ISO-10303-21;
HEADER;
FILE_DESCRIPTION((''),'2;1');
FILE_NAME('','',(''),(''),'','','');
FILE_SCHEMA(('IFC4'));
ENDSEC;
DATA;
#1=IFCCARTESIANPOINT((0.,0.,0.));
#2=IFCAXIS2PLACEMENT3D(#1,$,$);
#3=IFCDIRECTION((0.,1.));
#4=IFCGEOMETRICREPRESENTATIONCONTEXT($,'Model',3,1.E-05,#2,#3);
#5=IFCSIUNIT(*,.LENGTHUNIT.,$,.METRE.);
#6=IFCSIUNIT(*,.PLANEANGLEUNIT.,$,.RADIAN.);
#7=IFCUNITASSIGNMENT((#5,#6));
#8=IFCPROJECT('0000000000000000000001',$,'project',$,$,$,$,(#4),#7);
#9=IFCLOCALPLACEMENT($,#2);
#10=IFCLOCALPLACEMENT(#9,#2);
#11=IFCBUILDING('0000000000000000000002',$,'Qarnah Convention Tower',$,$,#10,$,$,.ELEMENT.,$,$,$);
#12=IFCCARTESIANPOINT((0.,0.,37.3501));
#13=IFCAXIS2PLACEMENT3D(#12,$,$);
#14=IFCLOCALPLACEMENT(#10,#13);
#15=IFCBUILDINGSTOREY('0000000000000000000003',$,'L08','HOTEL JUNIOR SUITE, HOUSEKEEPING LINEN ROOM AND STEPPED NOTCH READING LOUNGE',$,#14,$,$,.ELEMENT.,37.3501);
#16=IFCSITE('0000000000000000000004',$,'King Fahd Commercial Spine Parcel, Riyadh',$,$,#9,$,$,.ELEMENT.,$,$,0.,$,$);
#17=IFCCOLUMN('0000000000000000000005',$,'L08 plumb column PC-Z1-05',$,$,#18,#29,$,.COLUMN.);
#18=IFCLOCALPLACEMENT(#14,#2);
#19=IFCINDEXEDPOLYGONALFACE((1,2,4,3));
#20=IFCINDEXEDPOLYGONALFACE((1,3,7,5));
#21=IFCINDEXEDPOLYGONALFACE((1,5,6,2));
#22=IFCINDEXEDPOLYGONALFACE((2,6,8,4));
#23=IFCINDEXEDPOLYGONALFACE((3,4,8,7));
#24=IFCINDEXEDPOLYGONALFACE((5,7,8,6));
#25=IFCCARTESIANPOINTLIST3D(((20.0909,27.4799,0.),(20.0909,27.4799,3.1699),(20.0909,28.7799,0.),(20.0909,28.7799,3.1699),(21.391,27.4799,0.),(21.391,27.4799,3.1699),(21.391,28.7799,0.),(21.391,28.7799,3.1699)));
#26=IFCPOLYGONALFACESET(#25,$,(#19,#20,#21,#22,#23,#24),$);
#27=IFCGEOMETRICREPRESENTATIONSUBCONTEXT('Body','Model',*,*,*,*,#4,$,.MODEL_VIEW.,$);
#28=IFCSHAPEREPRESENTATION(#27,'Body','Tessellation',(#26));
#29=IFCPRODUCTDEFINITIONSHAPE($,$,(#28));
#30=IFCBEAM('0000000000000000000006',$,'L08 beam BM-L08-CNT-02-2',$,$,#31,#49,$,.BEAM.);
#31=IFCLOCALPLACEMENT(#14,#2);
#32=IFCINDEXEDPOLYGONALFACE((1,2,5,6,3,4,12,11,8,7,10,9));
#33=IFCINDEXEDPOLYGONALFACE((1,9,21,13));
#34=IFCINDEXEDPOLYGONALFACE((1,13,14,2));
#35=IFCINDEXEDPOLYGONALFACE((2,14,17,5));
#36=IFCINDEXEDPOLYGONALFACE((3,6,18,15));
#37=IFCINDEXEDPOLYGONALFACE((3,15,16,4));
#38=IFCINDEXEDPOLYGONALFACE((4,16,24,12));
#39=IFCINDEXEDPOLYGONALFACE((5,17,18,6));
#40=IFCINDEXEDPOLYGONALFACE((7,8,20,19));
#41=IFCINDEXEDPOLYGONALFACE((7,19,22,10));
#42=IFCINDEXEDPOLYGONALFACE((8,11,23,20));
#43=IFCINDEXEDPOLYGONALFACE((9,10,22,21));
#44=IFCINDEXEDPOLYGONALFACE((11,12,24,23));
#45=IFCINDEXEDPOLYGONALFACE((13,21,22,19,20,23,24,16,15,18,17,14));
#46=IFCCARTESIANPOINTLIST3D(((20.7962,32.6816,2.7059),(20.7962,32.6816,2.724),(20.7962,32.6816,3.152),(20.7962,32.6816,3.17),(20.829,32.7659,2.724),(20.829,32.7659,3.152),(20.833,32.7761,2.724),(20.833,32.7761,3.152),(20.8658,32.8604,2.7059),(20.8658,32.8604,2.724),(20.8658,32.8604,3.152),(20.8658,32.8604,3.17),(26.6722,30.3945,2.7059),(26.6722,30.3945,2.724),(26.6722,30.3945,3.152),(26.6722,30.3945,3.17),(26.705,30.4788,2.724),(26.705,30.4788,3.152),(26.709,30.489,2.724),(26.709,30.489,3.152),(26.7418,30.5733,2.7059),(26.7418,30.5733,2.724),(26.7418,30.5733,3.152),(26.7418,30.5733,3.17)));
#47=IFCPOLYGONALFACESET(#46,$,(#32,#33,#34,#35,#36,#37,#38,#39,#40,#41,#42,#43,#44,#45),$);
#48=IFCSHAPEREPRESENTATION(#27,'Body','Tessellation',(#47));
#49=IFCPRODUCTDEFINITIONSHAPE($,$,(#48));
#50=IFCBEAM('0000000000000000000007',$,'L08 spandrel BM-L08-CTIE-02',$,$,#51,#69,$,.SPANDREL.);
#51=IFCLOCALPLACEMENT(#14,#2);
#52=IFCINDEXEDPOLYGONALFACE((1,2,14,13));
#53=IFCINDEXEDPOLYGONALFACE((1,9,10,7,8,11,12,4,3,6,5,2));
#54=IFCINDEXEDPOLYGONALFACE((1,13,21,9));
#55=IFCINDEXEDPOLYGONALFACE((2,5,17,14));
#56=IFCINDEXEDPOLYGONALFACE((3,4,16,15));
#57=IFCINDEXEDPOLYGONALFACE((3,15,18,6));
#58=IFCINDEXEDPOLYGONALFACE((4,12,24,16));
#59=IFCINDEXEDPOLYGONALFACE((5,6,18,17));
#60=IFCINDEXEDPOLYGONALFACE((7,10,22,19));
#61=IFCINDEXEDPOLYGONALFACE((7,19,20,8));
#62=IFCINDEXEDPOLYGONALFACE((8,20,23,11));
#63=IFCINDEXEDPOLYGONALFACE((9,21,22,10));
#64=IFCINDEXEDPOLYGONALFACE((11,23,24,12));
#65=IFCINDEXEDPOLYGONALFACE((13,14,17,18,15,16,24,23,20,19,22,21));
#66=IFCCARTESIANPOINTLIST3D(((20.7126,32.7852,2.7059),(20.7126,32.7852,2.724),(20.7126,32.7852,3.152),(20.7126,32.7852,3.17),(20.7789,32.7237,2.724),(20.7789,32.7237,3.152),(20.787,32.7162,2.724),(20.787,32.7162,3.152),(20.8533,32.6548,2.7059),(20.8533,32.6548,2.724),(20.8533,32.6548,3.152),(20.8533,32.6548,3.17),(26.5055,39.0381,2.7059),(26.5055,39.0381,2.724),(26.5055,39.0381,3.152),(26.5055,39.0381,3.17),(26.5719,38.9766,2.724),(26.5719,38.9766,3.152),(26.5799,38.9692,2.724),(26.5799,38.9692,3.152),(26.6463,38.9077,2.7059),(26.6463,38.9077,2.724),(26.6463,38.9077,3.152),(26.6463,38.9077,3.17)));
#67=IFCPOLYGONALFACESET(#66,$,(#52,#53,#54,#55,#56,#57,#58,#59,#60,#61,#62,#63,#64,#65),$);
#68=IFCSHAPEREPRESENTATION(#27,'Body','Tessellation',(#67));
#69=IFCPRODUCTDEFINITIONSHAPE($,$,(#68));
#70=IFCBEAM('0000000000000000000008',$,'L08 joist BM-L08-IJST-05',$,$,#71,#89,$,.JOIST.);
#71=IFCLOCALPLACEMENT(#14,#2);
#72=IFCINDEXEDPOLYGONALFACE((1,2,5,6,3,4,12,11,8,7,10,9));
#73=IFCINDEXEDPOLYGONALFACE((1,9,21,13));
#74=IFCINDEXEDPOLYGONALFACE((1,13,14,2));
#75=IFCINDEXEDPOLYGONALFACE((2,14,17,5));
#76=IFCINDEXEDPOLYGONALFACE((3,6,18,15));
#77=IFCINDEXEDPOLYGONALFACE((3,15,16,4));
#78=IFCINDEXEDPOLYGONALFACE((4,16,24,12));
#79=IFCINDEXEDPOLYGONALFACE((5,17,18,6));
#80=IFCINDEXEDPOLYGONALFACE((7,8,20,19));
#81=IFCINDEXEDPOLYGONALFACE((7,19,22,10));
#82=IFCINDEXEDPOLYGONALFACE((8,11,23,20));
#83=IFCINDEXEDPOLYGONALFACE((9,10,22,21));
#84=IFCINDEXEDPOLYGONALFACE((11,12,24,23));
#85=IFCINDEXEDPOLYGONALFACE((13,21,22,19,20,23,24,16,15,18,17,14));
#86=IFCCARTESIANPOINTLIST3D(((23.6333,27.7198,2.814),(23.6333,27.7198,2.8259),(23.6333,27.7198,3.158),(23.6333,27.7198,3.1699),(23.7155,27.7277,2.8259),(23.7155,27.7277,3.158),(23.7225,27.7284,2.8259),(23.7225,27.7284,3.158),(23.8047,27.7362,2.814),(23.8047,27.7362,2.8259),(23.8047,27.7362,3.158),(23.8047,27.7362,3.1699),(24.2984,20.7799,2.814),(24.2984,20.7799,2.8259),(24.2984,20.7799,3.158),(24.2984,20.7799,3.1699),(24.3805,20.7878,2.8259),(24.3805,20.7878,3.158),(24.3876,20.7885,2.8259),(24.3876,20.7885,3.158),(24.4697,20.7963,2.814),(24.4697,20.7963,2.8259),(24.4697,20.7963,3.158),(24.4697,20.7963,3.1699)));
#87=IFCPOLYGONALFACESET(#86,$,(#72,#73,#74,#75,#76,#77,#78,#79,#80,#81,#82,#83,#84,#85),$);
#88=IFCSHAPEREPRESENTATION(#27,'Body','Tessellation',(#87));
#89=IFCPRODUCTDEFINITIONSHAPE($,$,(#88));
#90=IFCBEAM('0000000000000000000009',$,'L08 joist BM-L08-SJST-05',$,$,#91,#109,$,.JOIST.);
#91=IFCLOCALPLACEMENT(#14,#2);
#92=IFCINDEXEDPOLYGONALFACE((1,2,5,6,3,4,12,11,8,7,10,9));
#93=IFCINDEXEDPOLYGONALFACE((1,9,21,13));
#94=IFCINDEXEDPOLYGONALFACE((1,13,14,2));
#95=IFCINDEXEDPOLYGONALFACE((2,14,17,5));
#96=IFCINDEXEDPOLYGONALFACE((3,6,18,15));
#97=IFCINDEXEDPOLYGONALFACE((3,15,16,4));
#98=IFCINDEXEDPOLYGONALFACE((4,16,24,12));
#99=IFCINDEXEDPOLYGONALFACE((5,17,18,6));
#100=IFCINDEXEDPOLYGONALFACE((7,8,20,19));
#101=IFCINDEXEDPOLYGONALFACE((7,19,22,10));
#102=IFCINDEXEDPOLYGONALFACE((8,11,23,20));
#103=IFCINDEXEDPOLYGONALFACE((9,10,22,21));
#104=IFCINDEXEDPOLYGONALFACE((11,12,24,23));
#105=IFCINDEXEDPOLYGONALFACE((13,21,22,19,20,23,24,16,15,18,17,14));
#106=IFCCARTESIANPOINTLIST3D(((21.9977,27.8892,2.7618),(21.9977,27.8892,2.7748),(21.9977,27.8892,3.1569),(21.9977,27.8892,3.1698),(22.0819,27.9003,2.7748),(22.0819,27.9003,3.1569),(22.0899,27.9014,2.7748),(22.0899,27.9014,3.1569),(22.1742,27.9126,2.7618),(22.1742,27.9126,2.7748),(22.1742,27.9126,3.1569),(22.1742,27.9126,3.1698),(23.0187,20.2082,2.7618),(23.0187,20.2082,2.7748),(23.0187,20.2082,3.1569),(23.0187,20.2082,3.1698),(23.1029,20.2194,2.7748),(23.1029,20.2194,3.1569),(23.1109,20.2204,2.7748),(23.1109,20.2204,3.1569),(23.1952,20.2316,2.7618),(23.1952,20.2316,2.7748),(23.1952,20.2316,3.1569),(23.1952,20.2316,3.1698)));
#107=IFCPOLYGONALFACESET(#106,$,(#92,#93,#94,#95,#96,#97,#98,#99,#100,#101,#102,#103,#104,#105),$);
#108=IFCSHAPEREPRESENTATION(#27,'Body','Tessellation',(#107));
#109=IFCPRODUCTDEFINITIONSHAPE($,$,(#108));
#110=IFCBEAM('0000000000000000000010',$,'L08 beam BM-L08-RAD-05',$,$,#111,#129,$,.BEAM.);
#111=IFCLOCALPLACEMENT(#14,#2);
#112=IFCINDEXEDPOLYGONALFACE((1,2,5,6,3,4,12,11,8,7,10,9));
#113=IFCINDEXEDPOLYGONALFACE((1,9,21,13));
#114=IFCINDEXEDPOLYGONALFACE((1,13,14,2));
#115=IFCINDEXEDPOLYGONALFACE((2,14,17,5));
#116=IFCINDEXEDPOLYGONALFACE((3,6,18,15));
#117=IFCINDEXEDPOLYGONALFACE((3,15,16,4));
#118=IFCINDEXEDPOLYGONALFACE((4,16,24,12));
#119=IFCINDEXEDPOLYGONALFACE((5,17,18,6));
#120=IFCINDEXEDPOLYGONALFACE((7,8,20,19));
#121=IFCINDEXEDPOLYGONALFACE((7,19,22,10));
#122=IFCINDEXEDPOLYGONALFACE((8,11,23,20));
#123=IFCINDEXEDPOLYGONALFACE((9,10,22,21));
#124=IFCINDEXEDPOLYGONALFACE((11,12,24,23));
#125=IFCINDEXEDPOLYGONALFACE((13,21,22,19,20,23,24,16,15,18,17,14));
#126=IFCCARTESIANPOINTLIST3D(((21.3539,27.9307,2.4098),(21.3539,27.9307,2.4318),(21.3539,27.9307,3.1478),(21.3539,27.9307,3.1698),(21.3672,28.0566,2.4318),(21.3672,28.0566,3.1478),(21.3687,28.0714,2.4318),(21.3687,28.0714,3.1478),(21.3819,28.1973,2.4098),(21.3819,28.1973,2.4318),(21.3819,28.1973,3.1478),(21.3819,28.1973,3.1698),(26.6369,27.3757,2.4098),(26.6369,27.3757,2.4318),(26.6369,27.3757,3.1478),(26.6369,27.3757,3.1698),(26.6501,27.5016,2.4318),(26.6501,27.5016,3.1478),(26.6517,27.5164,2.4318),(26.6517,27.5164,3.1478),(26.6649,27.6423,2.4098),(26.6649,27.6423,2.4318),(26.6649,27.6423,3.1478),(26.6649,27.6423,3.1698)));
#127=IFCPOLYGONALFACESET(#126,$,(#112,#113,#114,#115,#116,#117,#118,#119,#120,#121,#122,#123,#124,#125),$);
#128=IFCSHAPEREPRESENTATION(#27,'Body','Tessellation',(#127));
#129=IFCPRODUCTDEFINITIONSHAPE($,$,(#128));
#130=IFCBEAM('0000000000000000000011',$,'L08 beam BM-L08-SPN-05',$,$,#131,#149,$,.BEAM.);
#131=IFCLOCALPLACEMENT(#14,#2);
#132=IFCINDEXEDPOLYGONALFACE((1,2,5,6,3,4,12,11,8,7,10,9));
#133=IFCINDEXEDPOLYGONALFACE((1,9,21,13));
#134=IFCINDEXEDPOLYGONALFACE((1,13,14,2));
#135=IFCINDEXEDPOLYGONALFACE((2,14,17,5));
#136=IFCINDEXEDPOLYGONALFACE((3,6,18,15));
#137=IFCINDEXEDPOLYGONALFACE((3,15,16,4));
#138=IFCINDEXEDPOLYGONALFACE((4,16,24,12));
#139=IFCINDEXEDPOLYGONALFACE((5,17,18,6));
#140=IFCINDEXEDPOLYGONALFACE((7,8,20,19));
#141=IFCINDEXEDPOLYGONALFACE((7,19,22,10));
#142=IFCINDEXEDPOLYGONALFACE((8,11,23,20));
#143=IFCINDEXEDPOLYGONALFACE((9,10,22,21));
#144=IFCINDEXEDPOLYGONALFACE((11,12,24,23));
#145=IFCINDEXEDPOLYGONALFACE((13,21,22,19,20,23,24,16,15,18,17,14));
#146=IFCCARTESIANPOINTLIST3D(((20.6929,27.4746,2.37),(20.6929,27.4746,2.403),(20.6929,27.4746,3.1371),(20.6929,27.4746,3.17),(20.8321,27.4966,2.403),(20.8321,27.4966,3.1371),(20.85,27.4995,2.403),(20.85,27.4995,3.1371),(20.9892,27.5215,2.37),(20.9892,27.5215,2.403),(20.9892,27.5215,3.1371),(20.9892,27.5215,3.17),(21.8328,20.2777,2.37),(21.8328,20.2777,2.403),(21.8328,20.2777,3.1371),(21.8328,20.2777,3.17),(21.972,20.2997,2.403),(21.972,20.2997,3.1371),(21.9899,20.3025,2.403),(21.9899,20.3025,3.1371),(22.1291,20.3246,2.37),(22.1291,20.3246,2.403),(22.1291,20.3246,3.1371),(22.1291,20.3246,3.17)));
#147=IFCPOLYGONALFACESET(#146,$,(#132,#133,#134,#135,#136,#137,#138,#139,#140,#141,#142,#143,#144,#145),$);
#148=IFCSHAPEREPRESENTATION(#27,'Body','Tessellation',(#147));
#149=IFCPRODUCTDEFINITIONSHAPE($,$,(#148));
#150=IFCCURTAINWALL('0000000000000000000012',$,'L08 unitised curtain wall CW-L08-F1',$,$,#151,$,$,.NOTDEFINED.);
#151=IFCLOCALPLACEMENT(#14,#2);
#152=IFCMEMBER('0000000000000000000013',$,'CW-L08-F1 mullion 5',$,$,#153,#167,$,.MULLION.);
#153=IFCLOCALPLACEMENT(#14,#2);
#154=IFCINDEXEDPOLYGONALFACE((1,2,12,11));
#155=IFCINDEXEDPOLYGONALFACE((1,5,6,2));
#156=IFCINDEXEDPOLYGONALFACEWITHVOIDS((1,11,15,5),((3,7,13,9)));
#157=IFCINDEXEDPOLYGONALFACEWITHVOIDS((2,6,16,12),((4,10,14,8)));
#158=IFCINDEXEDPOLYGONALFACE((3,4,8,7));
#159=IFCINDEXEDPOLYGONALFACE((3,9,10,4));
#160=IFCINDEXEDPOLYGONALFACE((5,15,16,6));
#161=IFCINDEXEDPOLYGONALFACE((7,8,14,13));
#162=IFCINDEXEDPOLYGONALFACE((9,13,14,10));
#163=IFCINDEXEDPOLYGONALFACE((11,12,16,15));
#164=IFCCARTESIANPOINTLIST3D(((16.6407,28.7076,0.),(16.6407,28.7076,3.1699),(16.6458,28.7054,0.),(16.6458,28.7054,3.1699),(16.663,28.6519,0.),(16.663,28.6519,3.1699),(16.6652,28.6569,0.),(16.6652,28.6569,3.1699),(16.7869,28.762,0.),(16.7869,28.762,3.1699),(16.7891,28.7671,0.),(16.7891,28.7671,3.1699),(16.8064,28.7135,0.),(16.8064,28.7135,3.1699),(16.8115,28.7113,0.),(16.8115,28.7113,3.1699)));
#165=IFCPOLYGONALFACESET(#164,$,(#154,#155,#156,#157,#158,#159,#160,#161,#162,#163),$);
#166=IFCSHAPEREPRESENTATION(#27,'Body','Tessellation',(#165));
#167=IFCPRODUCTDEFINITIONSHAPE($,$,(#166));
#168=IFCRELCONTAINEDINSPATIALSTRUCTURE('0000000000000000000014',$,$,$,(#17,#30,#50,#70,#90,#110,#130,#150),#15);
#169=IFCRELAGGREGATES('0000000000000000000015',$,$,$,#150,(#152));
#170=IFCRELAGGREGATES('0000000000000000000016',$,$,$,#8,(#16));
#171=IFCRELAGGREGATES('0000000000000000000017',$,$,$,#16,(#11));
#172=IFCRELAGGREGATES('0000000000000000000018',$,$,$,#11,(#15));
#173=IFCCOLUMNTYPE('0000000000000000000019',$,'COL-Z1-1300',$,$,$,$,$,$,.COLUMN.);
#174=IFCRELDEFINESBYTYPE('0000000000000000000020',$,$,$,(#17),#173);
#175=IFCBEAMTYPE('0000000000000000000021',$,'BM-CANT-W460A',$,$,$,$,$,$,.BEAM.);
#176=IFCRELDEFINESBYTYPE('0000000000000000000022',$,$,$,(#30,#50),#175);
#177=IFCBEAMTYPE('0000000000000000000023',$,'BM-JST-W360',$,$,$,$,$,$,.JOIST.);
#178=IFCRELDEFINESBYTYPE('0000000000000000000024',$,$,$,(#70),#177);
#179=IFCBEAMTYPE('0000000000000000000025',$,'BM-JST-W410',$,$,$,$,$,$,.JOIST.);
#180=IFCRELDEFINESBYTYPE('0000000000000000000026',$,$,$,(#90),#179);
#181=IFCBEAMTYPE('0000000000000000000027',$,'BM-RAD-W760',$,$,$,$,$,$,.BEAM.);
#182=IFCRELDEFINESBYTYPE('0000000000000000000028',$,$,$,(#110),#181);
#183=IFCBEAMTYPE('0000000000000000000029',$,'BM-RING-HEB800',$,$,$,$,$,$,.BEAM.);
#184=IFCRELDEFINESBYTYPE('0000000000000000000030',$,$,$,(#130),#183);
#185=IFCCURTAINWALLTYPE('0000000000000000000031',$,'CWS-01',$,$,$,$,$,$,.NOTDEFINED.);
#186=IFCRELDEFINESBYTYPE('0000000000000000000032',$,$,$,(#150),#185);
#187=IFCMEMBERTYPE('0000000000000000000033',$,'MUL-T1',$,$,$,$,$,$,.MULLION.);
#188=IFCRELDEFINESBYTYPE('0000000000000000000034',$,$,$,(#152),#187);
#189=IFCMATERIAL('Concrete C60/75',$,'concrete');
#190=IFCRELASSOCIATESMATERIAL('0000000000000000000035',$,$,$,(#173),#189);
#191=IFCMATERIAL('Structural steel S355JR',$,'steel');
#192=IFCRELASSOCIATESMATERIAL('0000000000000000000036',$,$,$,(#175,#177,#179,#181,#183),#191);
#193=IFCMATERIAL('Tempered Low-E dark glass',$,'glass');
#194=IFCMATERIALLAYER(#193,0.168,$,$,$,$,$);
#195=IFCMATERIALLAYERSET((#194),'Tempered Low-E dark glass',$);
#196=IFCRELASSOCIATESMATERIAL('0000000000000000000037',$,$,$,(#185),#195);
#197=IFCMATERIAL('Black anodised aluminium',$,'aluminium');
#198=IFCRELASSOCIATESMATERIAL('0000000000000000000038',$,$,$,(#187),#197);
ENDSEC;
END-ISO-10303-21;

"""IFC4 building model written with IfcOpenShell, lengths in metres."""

from ifc_helpers import new_model, si_unit, direction, frame, origin, origin_2d, place, context, subcontext, project, spatial, rectangle, hollow_rectangle, i_section, extrude, material, layer, layer_set, material_profile, profile_set, type_object, element, aggregate, save


model = new_model("IFC4")

# Units and contexts
model_context = context("Model", 3, precision=1e-05, world=origin(), true_north=direction((0.0, 1.0)))
body_context = subcontext(model_context, "Body", "Model", "MODEL_VIEW")
ifc_project = project(units=[si_unit("LENGTHUNIT", "METRE"), si_unit("PLANEANGLEUNIT", "RADIAN")], contexts=[model_context])

# Site, building, storey
site_placement = place(None, origin())
site = spatial("IfcSite", under=ifc_project, at=site_placement, Name="King Fahd Commercial Spine Parcel, Riyadh", CompositionType="ELEMENT", RefElevation=0.0)
building_placement = place(site_placement, origin())
building = spatial("IfcBuilding", under=site, at=building_placement, Name="Qarnah Convention Tower", CompositionType="ELEMENT")
storey_placement = place(building_placement, frame((0.0, 0.0, 37.3501)))
storey = spatial("IfcBuildingStorey", under=building, at=storey_placement, Name="L08", Description="HOTEL JUNIOR SUITE, HOUSEKEEPING LINEN ROOM AND STEPPED NOTCH READING LOUNGE", CompositionType="ELEMENT", Elevation=37.3501)

# Column
ifc_material_1 = material(Name="Concrete C60/75", Category="concrete")
ifc_material_profile_1 = material_profile(ifc_material_1, rectangle(XDim=1.3, YDim=1.3, at=origin_2d()), Name="RC-COL-1300X1300")
ifc_profile_set_1 = profile_set([ifc_material_profile_1], Name="Concrete C60/75")
column_type = type_object("IfcColumnType", Name="COL-Z1-1300", PredefinedType="COLUMN", material=ifc_profile_set_1)
column_placement = place(storey_placement, frame((20.741, 28.1299, 0.0), z_axis=(0.0, 0.0, 1.0), x_axis=(1.0, 0.0, 0.0)))
element("IfcColumn", 1, at=column_placement, inside=storey, type_object=column_type, Name="L08 plumb column PC-Z1-05", PredefinedType="COLUMN", context=body_context, shape_type="SweptSolid", body=[
    extrude(rectangle(XDim=1.3, YDim=1.3, at=origin_2d()), origin(), (0.0, 0.0, 1.0), 3.1699),
])

# Beams
ifc_material_2 = material(Name="Structural steel S355JR", Category="steel")
ifc_material_profile_2 = material_profile(ifc_material_2, i_section(OverallWidth=0.1919, OverallDepth=0.4641, WebThickness=0.011, FlangeThickness=0.0181, at=origin_2d()), Name="W460X89")
ifc_profile_set_2 = profile_set([ifc_material_profile_2], Name="Structural steel S355JR")
beam_type_1 = type_object("IfcBeamType", Name="BM-CANT-W460A", PredefinedType="BEAM", material=ifc_profile_set_2)
beam_1_placement = place(storey_placement, frame((26.707, 30.4839, 2.938), z_axis=(-0.931897, 0.362723, 0.0), x_axis=(-0.362723, -0.931897, 0.0)))
element("IfcBeam", 2, at=beam_1_placement, inside=storey, type_object=beam_type_1, Name="L08 beam BM-L08-CNT-02-2", PredefinedType="BEAM", context=body_context, shape_type="SweptSolid", body=[
    extrude(i_section(OverallWidth=0.1919, OverallDepth=0.4641, WebThickness=0.011, FlangeThickness=0.0181, at=origin_2d()), origin(), (0.0, 0.0, 1.0), 6.3054),
])
beam_2_placement = place(storey_placement, frame((20.783, 32.72, 2.938), z_axis=(0.679611, 0.733572, 0.0), x_axis=(-0.733572, 0.679611, 0.0)))
element("IfcBeam", 3, at=beam_2_placement, inside=storey, type_object=beam_type_1, Name="L08 spandrel BM-L08-CTIE-02", PredefinedType="SPANDREL", context=body_context, shape_type="SweptSolid", body=[
    extrude(i_section(OverallWidth=0.1919, OverallDepth=0.4641, WebThickness=0.011, FlangeThickness=0.0181, at=origin_2d()), origin(), (0.0, 0.0, 1.0), 8.5239),
])
ifc_material_profile_3 = material_profile(ifc_material_2, i_section(OverallWidth=0.1721, OverallDepth=0.356, WebThickness=0.0071, FlangeThickness=0.012, at=origin_2d()), Name="W360X51")
ifc_profile_set_3 = profile_set([ifc_material_profile_3], Name="Structural steel S355JR")
beam_type_2 = type_object("IfcBeamType", Name="BM-JST-W360", PredefinedType="JOIST", material=ifc_profile_set_3)
beam_3_placement = place(storey_placement, frame((23.719, 27.728, 2.9919), z_axis=(0.095391, -0.99544, 0.0), x_axis=(0.99544, 0.095391, 0.0)))
element("IfcBeam", 4, at=beam_3_placement, inside=storey, type_object=beam_type_2, Name="L08 joist BM-L08-IJST-05", PredefinedType="JOIST", context=body_context, shape_type="SweptSolid", body=[
    extrude(i_section(OverallWidth=0.1721, OverallDepth=0.356, WebThickness=0.0071, FlangeThickness=0.012, at=origin_2d()), origin(), (0.0, 0.0, 1.0), 6.9717),
])
ifc_material_profile_4 = material_profile(ifc_material_2, i_section(OverallWidth=0.178, OverallDepth=0.408, WebThickness=0.0081, FlangeThickness=0.0129, at=origin_2d()), Name="W410X60")
ifc_profile_set_4 = profile_set([ifc_material_profile_4], Name="Structural steel S355JR")
beam_type_3 = type_object("IfcBeamType", Name="BM-JST-W410", PredefinedType="JOIST", material=ifc_profile_set_4)
beam_4_placement = place(storey_placement, frame((22.0859, 27.9009, 2.9658), z_axis=(0.131767, -0.991281, 0.0), x_axis=(0.991281, 0.131767, 0.0)))
element("IfcBeam", 5, at=beam_4_placement, inside=storey, type_object=beam_type_3, Name="L08 joist BM-L08-SJST-05", PredefinedType="JOIST", context=body_context, shape_type="SweptSolid", body=[
    extrude(i_section(OverallWidth=0.178, OverallDepth=0.408, WebThickness=0.0081, FlangeThickness=0.0129, at=origin_2d()), origin(), (0.0, 0.0, 1.0), 7.7485),
])
ifc_material_profile_5 = material_profile(ifc_material_2, i_section(OverallWidth=0.2681, OverallDepth=0.76, WebThickness=0.0149, FlangeThickness=0.022, at=origin_2d()), Name="W760X185")
ifc_profile_set_5 = profile_set([ifc_material_profile_5], Name="Structural steel S355JR")
beam_type_4 = type_object("IfcBeamType", Name="BM-RAD-W760", PredefinedType="BEAM", material=ifc_profile_set_5)
beam_5_placement = place(storey_placement, frame((26.6509, 27.509, 2.7898), z_axis=(-0.994528, 0.104467, 0.0), x_axis=(-0.104467, -0.994528, 0.0)))
element("IfcBeam", 6, at=beam_5_placement, inside=storey, type_object=beam_type_4, Name="L08 beam BM-L08-RAD-05", PredefinedType="BEAM", context=body_context, shape_type="SweptSolid", body=[
    extrude(i_section(OverallWidth=0.2681, OverallDepth=0.76, WebThickness=0.0149, FlangeThickness=0.022, at=origin_2d()), origin(), (0.0, 0.0, 1.0), 5.312),
])
ifc_material_profile_6 = material_profile(ifc_material_2, i_section(OverallWidth=0.3, OverallDepth=0.8, WebThickness=0.0181, FlangeThickness=0.033, at=origin_2d()), Name="HEB800")
ifc_profile_set_6 = profile_set([ifc_material_profile_6], Name="Structural steel S355JR")
beam_type_5 = type_object("IfcBeamType", Name="BM-RING-HEB800", PredefinedType="BEAM", material=ifc_profile_set_6)
beam_6_placement = place(storey_placement, frame((20.8411, 27.498, 2.77), z_axis=(0.156434, -0.987688, 0.0), x_axis=(0.987688, 0.156434, 0.0)))
element("IfcBeam", 7, at=beam_6_placement, inside=storey, type_object=beam_type_5, Name="L08 beam BM-L08-SPN-05", PredefinedType="BEAM", context=body_context, shape_type="SweptSolid", body=[
    extrude(i_section(OverallWidth=0.3, OverallDepth=0.8, WebThickness=0.0181, FlangeThickness=0.033, at=origin_2d()), origin(), (0.0, 0.0, 1.0), 7.2866),
])

# Curtain wall, member
ifc_material_3 = material(Name="Tempered Low-E dark glass", Category="glass")
ifc_layer_1 = layer(ifc_material_3, 0.168)
ifc_layer_set_1 = layer_set([ifc_layer_1], Name="Tempered Low-E dark glass")
curtain_wall_type = type_object("IfcCurtainWallType", Name="CWS-01", PredefinedType="NOTDEFINED", material=ifc_layer_set_1)
curtain_wall_placement = place(storey_placement, origin())
curtain_wall = element("IfcCurtainWall", 8, at=curtain_wall_placement, inside=storey, type_object=curtain_wall_type, Name="L08 unitised curtain wall CW-L08-F1", PredefinedType="NOTDEFINED")
ifc_material_4 = material(Name="Black anodised aluminium", Category="aluminium")
ifc_material_profile_7 = material_profile(ifc_material_4, hollow_rectangle(XDim=0.0601, YDim=0.1599, WallThickness=0.0039, at=origin_2d()), Name="MUL-60X160")
ifc_profile_set_7 = profile_set([ifc_material_profile_7], Name="Black anodised aluminium")
member_type = type_object("IfcMemberType", Name="MUL-T1", PredefinedType="MULLION", material=ifc_profile_set_7)
member_1_placement = place(storey_placement, frame((16.7261, 28.7095, 0.0), z_axis=(0.0, 0.0, 1.0), x_axis=(-0.372017, 0.928226, 0.0)))
member_1 = element("IfcMember", 9, at=member_1_placement, type_object=member_type, Name="CW-L08-F1 mullion 5", PredefinedType="MULLION", context=body_context, shape_type="SweptSolid", body=[
    extrude(hollow_rectangle(XDim=0.0601, YDim=0.1599, WallThickness=0.0039, at=origin_2d()), origin(), (0.0, 0.0, 1.0), 3.1699),
])
aggregate(curtain_wall, [member_1])

save(model, "model.ifc")
